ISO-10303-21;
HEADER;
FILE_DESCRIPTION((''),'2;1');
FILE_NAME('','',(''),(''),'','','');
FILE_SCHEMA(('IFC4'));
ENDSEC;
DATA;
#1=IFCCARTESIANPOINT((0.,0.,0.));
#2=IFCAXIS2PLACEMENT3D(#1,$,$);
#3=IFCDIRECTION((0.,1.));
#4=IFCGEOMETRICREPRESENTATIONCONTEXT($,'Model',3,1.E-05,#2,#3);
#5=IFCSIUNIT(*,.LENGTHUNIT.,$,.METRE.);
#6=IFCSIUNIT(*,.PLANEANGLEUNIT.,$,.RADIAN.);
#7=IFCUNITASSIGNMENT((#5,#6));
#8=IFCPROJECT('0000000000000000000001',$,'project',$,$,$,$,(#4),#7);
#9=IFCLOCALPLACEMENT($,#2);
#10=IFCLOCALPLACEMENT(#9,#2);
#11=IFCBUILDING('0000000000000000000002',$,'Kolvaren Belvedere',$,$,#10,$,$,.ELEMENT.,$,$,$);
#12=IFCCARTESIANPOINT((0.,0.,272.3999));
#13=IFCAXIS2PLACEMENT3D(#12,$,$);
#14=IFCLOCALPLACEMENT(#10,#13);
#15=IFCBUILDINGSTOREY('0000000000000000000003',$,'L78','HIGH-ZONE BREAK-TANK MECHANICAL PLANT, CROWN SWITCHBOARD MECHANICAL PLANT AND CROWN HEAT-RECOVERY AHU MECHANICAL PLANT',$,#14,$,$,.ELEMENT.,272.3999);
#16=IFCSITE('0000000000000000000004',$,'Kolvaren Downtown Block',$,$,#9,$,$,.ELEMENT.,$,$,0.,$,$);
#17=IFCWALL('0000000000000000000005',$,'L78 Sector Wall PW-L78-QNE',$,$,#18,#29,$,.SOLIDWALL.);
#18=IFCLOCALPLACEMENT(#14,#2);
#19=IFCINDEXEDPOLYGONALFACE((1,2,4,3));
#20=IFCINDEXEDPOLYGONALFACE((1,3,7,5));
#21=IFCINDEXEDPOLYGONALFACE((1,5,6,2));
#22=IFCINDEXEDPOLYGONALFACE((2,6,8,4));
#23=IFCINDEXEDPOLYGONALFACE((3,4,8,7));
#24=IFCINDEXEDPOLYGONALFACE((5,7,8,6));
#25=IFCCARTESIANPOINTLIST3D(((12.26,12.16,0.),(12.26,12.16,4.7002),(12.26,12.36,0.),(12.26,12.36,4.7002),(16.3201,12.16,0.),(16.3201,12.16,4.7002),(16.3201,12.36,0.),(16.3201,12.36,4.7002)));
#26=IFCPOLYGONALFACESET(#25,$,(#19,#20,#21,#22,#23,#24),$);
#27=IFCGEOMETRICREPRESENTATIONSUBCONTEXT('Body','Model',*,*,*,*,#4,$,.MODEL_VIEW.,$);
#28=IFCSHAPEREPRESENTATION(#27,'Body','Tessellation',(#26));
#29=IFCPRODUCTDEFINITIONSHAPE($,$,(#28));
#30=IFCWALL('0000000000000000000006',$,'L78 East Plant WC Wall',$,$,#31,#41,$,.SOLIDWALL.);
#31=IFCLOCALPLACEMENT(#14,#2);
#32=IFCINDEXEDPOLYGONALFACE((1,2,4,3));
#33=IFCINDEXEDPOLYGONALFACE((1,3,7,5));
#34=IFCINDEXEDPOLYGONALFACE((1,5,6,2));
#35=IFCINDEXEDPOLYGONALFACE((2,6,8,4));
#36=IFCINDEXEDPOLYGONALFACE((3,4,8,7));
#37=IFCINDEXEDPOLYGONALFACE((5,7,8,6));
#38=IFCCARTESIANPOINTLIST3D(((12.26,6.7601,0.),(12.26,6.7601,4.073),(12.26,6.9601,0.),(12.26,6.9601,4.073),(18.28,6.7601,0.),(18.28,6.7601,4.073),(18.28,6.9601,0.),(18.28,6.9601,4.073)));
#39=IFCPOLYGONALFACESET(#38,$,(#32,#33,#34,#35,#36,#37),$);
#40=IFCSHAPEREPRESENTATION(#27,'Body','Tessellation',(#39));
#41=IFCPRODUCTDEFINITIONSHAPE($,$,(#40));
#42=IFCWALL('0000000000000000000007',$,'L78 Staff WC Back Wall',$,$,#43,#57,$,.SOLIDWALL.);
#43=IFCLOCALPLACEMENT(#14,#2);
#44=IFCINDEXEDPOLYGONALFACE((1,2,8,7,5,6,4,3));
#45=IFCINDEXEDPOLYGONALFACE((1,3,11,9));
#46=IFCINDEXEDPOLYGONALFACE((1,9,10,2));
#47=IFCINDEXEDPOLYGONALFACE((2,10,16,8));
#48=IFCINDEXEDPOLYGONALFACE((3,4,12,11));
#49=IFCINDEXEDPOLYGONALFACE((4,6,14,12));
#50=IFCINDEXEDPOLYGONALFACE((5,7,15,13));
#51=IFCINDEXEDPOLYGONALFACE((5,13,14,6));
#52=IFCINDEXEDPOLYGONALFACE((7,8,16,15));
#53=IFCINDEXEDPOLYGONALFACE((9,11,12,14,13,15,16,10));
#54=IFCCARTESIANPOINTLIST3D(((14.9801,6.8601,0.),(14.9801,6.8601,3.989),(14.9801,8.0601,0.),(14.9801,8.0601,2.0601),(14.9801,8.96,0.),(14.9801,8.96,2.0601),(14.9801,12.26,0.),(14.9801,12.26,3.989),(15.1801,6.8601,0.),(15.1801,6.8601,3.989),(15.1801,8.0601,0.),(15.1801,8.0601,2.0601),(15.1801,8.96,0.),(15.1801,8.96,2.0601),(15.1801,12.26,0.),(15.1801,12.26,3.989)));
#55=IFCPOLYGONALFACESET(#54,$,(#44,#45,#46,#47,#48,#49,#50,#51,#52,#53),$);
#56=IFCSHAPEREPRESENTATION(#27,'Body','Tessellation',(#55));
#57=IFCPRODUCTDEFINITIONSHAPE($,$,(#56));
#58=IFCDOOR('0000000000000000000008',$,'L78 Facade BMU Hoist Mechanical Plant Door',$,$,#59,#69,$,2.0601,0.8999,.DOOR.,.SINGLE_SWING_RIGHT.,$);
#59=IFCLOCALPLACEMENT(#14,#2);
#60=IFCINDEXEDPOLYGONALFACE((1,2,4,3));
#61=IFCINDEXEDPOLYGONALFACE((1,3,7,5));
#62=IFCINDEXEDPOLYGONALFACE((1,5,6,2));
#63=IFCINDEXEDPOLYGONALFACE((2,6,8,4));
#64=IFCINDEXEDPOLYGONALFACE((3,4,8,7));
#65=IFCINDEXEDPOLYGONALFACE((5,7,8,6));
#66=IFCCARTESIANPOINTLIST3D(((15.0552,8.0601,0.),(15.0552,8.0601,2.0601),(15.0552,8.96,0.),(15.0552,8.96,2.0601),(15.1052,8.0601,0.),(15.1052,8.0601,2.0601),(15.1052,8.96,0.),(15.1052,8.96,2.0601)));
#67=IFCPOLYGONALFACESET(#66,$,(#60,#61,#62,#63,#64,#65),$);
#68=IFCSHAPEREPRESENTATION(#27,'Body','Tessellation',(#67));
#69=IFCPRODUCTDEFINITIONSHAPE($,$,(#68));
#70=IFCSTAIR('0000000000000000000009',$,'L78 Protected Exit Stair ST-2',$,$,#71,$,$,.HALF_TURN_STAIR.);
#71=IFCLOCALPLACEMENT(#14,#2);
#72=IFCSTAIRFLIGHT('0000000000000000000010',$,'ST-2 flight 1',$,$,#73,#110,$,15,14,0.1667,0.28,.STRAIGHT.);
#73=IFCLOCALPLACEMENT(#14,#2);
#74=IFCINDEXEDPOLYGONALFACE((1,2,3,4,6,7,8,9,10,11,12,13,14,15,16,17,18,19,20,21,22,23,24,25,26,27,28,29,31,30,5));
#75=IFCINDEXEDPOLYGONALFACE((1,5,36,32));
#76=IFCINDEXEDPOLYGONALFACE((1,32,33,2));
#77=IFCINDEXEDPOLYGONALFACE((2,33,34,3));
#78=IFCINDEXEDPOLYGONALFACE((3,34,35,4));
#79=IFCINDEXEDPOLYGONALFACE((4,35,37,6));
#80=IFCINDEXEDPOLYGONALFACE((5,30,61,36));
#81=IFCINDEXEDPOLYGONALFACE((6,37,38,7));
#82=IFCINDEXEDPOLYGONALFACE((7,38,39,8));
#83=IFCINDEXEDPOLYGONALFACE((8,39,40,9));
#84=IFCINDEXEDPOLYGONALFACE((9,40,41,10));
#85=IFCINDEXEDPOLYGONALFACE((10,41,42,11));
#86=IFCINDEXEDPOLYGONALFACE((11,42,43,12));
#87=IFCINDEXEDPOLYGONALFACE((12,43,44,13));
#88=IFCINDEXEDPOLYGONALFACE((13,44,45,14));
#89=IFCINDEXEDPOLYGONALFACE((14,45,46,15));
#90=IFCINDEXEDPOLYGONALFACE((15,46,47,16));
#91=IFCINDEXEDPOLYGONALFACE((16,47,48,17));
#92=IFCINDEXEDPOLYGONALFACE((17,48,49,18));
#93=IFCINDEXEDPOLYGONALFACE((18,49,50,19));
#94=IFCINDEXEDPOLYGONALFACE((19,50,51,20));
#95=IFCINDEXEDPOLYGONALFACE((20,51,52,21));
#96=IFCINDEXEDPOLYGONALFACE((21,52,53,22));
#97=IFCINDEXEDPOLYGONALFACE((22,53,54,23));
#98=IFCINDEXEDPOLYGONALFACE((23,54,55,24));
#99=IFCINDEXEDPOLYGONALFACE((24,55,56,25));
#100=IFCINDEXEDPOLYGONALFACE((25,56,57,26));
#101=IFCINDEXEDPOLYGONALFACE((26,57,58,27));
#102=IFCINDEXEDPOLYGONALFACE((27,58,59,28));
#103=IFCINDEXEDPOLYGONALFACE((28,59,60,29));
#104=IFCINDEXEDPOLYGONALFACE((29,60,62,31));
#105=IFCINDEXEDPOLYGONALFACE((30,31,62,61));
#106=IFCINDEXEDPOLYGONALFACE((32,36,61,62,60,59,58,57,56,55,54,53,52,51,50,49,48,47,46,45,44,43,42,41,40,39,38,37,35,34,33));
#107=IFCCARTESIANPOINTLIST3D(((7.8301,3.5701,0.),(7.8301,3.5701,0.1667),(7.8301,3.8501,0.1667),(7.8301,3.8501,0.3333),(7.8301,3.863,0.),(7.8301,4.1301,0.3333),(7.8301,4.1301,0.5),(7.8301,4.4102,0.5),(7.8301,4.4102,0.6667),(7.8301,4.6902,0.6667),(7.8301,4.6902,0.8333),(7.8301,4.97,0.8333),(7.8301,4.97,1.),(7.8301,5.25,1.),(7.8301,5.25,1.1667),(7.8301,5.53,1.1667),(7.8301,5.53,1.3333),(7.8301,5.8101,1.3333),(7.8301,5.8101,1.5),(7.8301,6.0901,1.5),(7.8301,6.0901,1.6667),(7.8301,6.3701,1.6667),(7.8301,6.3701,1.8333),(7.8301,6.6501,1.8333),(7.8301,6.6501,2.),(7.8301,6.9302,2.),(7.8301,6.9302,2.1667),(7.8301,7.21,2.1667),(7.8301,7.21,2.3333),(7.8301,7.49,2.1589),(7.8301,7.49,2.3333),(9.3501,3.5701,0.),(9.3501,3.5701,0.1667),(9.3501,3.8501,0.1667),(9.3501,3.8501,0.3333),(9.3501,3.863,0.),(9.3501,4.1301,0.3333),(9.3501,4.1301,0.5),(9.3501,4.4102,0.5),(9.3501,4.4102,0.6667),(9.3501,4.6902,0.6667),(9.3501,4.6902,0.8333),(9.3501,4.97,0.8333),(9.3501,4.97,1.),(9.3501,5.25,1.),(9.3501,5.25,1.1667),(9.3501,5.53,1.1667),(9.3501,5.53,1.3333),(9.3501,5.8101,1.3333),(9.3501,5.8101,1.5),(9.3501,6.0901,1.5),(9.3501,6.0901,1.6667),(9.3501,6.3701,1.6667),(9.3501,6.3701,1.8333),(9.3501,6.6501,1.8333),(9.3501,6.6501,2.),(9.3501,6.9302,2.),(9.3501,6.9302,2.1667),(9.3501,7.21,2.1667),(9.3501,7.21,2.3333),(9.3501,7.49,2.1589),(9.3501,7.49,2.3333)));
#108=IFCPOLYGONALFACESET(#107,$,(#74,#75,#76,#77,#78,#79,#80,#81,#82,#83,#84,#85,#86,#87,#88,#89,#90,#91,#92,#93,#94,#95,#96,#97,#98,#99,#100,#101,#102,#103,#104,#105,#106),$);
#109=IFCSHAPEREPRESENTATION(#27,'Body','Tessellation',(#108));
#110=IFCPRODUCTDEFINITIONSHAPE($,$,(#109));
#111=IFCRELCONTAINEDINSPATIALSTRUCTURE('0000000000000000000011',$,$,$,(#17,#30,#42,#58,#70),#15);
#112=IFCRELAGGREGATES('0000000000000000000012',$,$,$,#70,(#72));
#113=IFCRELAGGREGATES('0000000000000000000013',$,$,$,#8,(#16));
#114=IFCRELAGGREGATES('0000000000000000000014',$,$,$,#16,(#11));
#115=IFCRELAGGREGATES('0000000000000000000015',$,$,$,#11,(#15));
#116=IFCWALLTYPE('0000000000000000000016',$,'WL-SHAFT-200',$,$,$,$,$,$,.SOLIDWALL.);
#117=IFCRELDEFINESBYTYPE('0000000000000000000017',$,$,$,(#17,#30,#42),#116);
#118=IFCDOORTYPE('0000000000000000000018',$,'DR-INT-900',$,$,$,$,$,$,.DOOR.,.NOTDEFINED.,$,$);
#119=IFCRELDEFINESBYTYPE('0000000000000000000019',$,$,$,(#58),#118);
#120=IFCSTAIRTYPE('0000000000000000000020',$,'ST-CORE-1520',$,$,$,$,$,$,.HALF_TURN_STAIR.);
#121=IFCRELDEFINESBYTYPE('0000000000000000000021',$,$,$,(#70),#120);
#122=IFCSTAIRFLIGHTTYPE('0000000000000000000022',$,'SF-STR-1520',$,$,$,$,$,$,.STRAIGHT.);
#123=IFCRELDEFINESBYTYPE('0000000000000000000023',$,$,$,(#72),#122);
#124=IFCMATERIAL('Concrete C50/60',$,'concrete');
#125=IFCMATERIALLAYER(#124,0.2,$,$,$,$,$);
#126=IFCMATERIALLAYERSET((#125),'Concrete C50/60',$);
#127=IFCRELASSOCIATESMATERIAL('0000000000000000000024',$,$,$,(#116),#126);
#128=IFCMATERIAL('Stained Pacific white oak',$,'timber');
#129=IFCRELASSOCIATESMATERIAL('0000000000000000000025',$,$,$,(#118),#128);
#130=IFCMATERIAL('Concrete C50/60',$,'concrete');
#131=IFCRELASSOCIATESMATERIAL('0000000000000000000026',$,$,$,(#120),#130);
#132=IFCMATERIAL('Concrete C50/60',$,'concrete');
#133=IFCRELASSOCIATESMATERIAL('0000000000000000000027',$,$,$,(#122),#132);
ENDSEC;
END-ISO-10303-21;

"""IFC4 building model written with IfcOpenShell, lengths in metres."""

from ifc_helpers import new_model, si_unit, direction, frame, frame_2d, origin, place, context, subcontext, project, spatial, polyline, rectangle, outline, extrude, material, layer, layer_set, type_object, element, fill, aggregate, save


model = new_model("IFC4")

# Units and contexts
model_context = context("Model", 3, precision=1e-05, world=origin(), true_north=direction((0.0, 1.0)))
body_context = subcontext(model_context, "Body", "Model", "MODEL_VIEW")
ifc_project = project(units=[si_unit("LENGTHUNIT", "METRE"), si_unit("PLANEANGLEUNIT", "RADIAN")], contexts=[model_context])

# Site, building, storey
site_placement = place(None, origin())
site = spatial("IfcSite", under=ifc_project, at=site_placement, Name="Kolvaren Downtown Block", CompositionType="ELEMENT", RefElevation=0.0)
building_placement = place(site_placement, origin())
building = spatial("IfcBuilding", under=site, at=building_placement, Name="Kolvaren Belvedere", CompositionType="ELEMENT")
storey_placement = place(building_placement, frame((0.0, 0.0, 272.3999)))
storey = spatial("IfcBuildingStorey", under=building, at=storey_placement, Name="L78", Description="HIGH-ZONE BREAK-TANK MECHANICAL PLANT, CROWN SWITCHBOARD MECHANICAL PLANT AND CROWN HEAT-RECOVERY AHU MECHANICAL PLANT", CompositionType="ELEMENT", Elevation=272.3999)

# Walls
ifc_material_1 = material(Name="Concrete C50/60", Category="concrete")
ifc_layer_1 = layer(ifc_material_1, 0.2)
ifc_layer_set_1 = layer_set([ifc_layer_1], Name="Concrete C50/60")
wall_type_1 = type_object("IfcWallType", Name="WL-SHAFT-200", PredefinedType="SOLIDWALL", material=ifc_layer_set_1)
wall_1_placement = place(storey_placement, frame((12.26, 12.26, 0.0), z_axis=(0.0, 0.0, 1.0), x_axis=(1.0, 0.0, 0.0)))
element("IfcWall", 1, at=wall_1_placement, inside=storey, type_object=wall_type_1, Name="L78 Sector Wall PW-L78-QNE", PredefinedType="SOLIDWALL", context=body_context, shape_type="SweptSolid", body=[
    extrude(rectangle(XDim=4.0601, YDim=0.2, at=frame_2d((2.03, 0.0))), origin(), (0.0, 0.0, 1.0), 4.7002),
])
wall_2_placement = place(storey_placement, frame((12.26, 6.8601, 0.0), z_axis=(0.0, 0.0, 1.0), x_axis=(1.0, 0.0, 0.0)))
element("IfcWall", 2, at=wall_2_placement, inside=storey, type_object=wall_type_1, Name="L78 East Plant WC Wall", PredefinedType="SOLIDWALL", context=body_context, shape_type="SweptSolid", body=[
    extrude(rectangle(XDim=6.02, YDim=0.2, at=frame_2d((3.01, 0.0))), origin(), (0.0, 0.0, 1.0), 4.073),
])

# Wall, opening, door
wall_3_placement = place(storey_placement, frame((15.0801, 6.8601, 0.0), z_axis=(0.0, 0.0, 1.0), x_axis=(0.0, 1.0, 0.0)))
wall_3 = element("IfcWall", 3, at=wall_3_placement, inside=storey, type_object=wall_type_1, Name="L78 Staff WC Back Wall", PredefinedType="SOLIDWALL", context=body_context, shape_type="SweptSolid", body=[
    extrude(rectangle(XDim=5.3999, YDim=0.2, at=frame_2d((2.7, 0.0))), origin(), (0.0, 0.0, 1.0), 3.989),
])
opening_placement = place(wall_3_placement, frame((1.2, 0.0, 0.0)))
opening = element("IfcOpeningElement", 4, at=opening_placement, cuts=wall_3, PredefinedType="OPENING", context=body_context, shape_type="SweptSolid", body=[
    extrude(rectangle(XDim=0.8999, YDim=2.0601, at=frame_2d((0.45, 1.03))), frame((0.0, 0.1099, 0.0), z_axis=(0.0, -1.0, 0.0), x_axis=(1.0, 0.0, 0.0)), (0.0, 0.0, 1.0), 0.22),
])
ifc_material_2 = material(Name="Stained Pacific white oak", Category="timber")
door_type = type_object("IfcDoorType", Name="DR-INT-900", OperationType="NOTDEFINED", PredefinedType="DOOR", material=ifc_material_2)
door_placement = place(opening_placement, origin())
door = element("IfcDoor", 5, at=door_placement, inside=storey, type_object=door_type, Name="L78 Facade BMU Hoist Mechanical Plant Door", OperationType="SINGLE_SWING_RIGHT", OverallHeight=2.0601, OverallWidth=0.8999, PredefinedType="DOOR", context=body_context, shape_type="SweptSolid", body=[
    extrude(rectangle(XDim=0.8999, YDim=2.0601, at=frame_2d((0.45, 1.03))), frame((0.0, 0.0249, 0.0), z_axis=(0.0, -1.0, 0.0), x_axis=(1.0, 0.0, 0.0)), (0.0, 0.0, 1.0), 0.05),
])
fill(opening, door)

# Stair, stair flight
ifc_material_3 = material(Name="Concrete C50/60", Category="concrete")
stair_type = type_object("IfcStairType", Name="ST-CORE-1520", PredefinedType="HALF_TURN_STAIR", material=ifc_material_3)
stair_placement = place(storey_placement, origin())
stair = element("IfcStair", 6, at=stair_placement, inside=storey, type_object=stair_type, Name="L78 Protected Exit Stair ST-2", PredefinedType="HALF_TURN_STAIR")
ifc_material_4 = material(Name="Concrete C50/60", Category="concrete")
stair_flight_type = type_object("IfcStairFlightType", Name="SF-STR-1520", PredefinedType="STRAIGHT", material=ifc_material_4)
stair_flight_placement = place(storey_placement, frame((8.5901, 3.5701, 0.0), z_axis=(0.0, 0.0, 1.0), x_axis=(0.0, 1.0, 0.0)))
stair_flight = element("IfcStairFlight", 7, at=stair_flight_placement, type_object=stair_flight_type, Name="ST-2 flight 1", NumberOfRisers=15, NumberOfTreads=14, PredefinedType="STRAIGHT", RiserHeight=0.1667, TreadLength=0.28, context=body_context, shape_type="SweptSolid", body=[
    extrude(outline(polyline([(0.0, 0.0), (0.0, 0.1667), (0.28, 0.1667), (0.28, 0.3333), (0.5601, 0.3333), (0.5601, 0.5), (0.8401, 0.5), (0.8401, 0.6667), (1.1201, 0.6667), (1.1201, 0.8333), (1.3999, 0.8333), (1.3999, 1.0), (1.6799, 1.0), (1.6799, 1.1667), (1.96, 1.1667), (1.96, 1.3333), (2.24, 1.3333), (2.24, 1.5), (2.52, 1.5), (2.52, 1.6667), (2.8, 1.6667), (2.8, 1.8333), (3.0801, 1.8333), (3.0801, 2.0), (3.3601, 2.0), (3.3601, 2.1667), (3.6399, 2.1667), (3.6399, 2.3333), (3.9199, 2.3333), (3.9199, 2.5), (3.9199, 2.1589), (0.293, 0.0), (0.0, 0.0)])), frame((0.0, 0.76, 0.0), z_axis=(0.0, -1.0, 0.0), x_axis=(1.0, 0.0, 0.0)), (0.0, 0.0, 1.0), 1.52),
])
aggregate(stair, [stair_flight])

save(model, "model.ifc")
